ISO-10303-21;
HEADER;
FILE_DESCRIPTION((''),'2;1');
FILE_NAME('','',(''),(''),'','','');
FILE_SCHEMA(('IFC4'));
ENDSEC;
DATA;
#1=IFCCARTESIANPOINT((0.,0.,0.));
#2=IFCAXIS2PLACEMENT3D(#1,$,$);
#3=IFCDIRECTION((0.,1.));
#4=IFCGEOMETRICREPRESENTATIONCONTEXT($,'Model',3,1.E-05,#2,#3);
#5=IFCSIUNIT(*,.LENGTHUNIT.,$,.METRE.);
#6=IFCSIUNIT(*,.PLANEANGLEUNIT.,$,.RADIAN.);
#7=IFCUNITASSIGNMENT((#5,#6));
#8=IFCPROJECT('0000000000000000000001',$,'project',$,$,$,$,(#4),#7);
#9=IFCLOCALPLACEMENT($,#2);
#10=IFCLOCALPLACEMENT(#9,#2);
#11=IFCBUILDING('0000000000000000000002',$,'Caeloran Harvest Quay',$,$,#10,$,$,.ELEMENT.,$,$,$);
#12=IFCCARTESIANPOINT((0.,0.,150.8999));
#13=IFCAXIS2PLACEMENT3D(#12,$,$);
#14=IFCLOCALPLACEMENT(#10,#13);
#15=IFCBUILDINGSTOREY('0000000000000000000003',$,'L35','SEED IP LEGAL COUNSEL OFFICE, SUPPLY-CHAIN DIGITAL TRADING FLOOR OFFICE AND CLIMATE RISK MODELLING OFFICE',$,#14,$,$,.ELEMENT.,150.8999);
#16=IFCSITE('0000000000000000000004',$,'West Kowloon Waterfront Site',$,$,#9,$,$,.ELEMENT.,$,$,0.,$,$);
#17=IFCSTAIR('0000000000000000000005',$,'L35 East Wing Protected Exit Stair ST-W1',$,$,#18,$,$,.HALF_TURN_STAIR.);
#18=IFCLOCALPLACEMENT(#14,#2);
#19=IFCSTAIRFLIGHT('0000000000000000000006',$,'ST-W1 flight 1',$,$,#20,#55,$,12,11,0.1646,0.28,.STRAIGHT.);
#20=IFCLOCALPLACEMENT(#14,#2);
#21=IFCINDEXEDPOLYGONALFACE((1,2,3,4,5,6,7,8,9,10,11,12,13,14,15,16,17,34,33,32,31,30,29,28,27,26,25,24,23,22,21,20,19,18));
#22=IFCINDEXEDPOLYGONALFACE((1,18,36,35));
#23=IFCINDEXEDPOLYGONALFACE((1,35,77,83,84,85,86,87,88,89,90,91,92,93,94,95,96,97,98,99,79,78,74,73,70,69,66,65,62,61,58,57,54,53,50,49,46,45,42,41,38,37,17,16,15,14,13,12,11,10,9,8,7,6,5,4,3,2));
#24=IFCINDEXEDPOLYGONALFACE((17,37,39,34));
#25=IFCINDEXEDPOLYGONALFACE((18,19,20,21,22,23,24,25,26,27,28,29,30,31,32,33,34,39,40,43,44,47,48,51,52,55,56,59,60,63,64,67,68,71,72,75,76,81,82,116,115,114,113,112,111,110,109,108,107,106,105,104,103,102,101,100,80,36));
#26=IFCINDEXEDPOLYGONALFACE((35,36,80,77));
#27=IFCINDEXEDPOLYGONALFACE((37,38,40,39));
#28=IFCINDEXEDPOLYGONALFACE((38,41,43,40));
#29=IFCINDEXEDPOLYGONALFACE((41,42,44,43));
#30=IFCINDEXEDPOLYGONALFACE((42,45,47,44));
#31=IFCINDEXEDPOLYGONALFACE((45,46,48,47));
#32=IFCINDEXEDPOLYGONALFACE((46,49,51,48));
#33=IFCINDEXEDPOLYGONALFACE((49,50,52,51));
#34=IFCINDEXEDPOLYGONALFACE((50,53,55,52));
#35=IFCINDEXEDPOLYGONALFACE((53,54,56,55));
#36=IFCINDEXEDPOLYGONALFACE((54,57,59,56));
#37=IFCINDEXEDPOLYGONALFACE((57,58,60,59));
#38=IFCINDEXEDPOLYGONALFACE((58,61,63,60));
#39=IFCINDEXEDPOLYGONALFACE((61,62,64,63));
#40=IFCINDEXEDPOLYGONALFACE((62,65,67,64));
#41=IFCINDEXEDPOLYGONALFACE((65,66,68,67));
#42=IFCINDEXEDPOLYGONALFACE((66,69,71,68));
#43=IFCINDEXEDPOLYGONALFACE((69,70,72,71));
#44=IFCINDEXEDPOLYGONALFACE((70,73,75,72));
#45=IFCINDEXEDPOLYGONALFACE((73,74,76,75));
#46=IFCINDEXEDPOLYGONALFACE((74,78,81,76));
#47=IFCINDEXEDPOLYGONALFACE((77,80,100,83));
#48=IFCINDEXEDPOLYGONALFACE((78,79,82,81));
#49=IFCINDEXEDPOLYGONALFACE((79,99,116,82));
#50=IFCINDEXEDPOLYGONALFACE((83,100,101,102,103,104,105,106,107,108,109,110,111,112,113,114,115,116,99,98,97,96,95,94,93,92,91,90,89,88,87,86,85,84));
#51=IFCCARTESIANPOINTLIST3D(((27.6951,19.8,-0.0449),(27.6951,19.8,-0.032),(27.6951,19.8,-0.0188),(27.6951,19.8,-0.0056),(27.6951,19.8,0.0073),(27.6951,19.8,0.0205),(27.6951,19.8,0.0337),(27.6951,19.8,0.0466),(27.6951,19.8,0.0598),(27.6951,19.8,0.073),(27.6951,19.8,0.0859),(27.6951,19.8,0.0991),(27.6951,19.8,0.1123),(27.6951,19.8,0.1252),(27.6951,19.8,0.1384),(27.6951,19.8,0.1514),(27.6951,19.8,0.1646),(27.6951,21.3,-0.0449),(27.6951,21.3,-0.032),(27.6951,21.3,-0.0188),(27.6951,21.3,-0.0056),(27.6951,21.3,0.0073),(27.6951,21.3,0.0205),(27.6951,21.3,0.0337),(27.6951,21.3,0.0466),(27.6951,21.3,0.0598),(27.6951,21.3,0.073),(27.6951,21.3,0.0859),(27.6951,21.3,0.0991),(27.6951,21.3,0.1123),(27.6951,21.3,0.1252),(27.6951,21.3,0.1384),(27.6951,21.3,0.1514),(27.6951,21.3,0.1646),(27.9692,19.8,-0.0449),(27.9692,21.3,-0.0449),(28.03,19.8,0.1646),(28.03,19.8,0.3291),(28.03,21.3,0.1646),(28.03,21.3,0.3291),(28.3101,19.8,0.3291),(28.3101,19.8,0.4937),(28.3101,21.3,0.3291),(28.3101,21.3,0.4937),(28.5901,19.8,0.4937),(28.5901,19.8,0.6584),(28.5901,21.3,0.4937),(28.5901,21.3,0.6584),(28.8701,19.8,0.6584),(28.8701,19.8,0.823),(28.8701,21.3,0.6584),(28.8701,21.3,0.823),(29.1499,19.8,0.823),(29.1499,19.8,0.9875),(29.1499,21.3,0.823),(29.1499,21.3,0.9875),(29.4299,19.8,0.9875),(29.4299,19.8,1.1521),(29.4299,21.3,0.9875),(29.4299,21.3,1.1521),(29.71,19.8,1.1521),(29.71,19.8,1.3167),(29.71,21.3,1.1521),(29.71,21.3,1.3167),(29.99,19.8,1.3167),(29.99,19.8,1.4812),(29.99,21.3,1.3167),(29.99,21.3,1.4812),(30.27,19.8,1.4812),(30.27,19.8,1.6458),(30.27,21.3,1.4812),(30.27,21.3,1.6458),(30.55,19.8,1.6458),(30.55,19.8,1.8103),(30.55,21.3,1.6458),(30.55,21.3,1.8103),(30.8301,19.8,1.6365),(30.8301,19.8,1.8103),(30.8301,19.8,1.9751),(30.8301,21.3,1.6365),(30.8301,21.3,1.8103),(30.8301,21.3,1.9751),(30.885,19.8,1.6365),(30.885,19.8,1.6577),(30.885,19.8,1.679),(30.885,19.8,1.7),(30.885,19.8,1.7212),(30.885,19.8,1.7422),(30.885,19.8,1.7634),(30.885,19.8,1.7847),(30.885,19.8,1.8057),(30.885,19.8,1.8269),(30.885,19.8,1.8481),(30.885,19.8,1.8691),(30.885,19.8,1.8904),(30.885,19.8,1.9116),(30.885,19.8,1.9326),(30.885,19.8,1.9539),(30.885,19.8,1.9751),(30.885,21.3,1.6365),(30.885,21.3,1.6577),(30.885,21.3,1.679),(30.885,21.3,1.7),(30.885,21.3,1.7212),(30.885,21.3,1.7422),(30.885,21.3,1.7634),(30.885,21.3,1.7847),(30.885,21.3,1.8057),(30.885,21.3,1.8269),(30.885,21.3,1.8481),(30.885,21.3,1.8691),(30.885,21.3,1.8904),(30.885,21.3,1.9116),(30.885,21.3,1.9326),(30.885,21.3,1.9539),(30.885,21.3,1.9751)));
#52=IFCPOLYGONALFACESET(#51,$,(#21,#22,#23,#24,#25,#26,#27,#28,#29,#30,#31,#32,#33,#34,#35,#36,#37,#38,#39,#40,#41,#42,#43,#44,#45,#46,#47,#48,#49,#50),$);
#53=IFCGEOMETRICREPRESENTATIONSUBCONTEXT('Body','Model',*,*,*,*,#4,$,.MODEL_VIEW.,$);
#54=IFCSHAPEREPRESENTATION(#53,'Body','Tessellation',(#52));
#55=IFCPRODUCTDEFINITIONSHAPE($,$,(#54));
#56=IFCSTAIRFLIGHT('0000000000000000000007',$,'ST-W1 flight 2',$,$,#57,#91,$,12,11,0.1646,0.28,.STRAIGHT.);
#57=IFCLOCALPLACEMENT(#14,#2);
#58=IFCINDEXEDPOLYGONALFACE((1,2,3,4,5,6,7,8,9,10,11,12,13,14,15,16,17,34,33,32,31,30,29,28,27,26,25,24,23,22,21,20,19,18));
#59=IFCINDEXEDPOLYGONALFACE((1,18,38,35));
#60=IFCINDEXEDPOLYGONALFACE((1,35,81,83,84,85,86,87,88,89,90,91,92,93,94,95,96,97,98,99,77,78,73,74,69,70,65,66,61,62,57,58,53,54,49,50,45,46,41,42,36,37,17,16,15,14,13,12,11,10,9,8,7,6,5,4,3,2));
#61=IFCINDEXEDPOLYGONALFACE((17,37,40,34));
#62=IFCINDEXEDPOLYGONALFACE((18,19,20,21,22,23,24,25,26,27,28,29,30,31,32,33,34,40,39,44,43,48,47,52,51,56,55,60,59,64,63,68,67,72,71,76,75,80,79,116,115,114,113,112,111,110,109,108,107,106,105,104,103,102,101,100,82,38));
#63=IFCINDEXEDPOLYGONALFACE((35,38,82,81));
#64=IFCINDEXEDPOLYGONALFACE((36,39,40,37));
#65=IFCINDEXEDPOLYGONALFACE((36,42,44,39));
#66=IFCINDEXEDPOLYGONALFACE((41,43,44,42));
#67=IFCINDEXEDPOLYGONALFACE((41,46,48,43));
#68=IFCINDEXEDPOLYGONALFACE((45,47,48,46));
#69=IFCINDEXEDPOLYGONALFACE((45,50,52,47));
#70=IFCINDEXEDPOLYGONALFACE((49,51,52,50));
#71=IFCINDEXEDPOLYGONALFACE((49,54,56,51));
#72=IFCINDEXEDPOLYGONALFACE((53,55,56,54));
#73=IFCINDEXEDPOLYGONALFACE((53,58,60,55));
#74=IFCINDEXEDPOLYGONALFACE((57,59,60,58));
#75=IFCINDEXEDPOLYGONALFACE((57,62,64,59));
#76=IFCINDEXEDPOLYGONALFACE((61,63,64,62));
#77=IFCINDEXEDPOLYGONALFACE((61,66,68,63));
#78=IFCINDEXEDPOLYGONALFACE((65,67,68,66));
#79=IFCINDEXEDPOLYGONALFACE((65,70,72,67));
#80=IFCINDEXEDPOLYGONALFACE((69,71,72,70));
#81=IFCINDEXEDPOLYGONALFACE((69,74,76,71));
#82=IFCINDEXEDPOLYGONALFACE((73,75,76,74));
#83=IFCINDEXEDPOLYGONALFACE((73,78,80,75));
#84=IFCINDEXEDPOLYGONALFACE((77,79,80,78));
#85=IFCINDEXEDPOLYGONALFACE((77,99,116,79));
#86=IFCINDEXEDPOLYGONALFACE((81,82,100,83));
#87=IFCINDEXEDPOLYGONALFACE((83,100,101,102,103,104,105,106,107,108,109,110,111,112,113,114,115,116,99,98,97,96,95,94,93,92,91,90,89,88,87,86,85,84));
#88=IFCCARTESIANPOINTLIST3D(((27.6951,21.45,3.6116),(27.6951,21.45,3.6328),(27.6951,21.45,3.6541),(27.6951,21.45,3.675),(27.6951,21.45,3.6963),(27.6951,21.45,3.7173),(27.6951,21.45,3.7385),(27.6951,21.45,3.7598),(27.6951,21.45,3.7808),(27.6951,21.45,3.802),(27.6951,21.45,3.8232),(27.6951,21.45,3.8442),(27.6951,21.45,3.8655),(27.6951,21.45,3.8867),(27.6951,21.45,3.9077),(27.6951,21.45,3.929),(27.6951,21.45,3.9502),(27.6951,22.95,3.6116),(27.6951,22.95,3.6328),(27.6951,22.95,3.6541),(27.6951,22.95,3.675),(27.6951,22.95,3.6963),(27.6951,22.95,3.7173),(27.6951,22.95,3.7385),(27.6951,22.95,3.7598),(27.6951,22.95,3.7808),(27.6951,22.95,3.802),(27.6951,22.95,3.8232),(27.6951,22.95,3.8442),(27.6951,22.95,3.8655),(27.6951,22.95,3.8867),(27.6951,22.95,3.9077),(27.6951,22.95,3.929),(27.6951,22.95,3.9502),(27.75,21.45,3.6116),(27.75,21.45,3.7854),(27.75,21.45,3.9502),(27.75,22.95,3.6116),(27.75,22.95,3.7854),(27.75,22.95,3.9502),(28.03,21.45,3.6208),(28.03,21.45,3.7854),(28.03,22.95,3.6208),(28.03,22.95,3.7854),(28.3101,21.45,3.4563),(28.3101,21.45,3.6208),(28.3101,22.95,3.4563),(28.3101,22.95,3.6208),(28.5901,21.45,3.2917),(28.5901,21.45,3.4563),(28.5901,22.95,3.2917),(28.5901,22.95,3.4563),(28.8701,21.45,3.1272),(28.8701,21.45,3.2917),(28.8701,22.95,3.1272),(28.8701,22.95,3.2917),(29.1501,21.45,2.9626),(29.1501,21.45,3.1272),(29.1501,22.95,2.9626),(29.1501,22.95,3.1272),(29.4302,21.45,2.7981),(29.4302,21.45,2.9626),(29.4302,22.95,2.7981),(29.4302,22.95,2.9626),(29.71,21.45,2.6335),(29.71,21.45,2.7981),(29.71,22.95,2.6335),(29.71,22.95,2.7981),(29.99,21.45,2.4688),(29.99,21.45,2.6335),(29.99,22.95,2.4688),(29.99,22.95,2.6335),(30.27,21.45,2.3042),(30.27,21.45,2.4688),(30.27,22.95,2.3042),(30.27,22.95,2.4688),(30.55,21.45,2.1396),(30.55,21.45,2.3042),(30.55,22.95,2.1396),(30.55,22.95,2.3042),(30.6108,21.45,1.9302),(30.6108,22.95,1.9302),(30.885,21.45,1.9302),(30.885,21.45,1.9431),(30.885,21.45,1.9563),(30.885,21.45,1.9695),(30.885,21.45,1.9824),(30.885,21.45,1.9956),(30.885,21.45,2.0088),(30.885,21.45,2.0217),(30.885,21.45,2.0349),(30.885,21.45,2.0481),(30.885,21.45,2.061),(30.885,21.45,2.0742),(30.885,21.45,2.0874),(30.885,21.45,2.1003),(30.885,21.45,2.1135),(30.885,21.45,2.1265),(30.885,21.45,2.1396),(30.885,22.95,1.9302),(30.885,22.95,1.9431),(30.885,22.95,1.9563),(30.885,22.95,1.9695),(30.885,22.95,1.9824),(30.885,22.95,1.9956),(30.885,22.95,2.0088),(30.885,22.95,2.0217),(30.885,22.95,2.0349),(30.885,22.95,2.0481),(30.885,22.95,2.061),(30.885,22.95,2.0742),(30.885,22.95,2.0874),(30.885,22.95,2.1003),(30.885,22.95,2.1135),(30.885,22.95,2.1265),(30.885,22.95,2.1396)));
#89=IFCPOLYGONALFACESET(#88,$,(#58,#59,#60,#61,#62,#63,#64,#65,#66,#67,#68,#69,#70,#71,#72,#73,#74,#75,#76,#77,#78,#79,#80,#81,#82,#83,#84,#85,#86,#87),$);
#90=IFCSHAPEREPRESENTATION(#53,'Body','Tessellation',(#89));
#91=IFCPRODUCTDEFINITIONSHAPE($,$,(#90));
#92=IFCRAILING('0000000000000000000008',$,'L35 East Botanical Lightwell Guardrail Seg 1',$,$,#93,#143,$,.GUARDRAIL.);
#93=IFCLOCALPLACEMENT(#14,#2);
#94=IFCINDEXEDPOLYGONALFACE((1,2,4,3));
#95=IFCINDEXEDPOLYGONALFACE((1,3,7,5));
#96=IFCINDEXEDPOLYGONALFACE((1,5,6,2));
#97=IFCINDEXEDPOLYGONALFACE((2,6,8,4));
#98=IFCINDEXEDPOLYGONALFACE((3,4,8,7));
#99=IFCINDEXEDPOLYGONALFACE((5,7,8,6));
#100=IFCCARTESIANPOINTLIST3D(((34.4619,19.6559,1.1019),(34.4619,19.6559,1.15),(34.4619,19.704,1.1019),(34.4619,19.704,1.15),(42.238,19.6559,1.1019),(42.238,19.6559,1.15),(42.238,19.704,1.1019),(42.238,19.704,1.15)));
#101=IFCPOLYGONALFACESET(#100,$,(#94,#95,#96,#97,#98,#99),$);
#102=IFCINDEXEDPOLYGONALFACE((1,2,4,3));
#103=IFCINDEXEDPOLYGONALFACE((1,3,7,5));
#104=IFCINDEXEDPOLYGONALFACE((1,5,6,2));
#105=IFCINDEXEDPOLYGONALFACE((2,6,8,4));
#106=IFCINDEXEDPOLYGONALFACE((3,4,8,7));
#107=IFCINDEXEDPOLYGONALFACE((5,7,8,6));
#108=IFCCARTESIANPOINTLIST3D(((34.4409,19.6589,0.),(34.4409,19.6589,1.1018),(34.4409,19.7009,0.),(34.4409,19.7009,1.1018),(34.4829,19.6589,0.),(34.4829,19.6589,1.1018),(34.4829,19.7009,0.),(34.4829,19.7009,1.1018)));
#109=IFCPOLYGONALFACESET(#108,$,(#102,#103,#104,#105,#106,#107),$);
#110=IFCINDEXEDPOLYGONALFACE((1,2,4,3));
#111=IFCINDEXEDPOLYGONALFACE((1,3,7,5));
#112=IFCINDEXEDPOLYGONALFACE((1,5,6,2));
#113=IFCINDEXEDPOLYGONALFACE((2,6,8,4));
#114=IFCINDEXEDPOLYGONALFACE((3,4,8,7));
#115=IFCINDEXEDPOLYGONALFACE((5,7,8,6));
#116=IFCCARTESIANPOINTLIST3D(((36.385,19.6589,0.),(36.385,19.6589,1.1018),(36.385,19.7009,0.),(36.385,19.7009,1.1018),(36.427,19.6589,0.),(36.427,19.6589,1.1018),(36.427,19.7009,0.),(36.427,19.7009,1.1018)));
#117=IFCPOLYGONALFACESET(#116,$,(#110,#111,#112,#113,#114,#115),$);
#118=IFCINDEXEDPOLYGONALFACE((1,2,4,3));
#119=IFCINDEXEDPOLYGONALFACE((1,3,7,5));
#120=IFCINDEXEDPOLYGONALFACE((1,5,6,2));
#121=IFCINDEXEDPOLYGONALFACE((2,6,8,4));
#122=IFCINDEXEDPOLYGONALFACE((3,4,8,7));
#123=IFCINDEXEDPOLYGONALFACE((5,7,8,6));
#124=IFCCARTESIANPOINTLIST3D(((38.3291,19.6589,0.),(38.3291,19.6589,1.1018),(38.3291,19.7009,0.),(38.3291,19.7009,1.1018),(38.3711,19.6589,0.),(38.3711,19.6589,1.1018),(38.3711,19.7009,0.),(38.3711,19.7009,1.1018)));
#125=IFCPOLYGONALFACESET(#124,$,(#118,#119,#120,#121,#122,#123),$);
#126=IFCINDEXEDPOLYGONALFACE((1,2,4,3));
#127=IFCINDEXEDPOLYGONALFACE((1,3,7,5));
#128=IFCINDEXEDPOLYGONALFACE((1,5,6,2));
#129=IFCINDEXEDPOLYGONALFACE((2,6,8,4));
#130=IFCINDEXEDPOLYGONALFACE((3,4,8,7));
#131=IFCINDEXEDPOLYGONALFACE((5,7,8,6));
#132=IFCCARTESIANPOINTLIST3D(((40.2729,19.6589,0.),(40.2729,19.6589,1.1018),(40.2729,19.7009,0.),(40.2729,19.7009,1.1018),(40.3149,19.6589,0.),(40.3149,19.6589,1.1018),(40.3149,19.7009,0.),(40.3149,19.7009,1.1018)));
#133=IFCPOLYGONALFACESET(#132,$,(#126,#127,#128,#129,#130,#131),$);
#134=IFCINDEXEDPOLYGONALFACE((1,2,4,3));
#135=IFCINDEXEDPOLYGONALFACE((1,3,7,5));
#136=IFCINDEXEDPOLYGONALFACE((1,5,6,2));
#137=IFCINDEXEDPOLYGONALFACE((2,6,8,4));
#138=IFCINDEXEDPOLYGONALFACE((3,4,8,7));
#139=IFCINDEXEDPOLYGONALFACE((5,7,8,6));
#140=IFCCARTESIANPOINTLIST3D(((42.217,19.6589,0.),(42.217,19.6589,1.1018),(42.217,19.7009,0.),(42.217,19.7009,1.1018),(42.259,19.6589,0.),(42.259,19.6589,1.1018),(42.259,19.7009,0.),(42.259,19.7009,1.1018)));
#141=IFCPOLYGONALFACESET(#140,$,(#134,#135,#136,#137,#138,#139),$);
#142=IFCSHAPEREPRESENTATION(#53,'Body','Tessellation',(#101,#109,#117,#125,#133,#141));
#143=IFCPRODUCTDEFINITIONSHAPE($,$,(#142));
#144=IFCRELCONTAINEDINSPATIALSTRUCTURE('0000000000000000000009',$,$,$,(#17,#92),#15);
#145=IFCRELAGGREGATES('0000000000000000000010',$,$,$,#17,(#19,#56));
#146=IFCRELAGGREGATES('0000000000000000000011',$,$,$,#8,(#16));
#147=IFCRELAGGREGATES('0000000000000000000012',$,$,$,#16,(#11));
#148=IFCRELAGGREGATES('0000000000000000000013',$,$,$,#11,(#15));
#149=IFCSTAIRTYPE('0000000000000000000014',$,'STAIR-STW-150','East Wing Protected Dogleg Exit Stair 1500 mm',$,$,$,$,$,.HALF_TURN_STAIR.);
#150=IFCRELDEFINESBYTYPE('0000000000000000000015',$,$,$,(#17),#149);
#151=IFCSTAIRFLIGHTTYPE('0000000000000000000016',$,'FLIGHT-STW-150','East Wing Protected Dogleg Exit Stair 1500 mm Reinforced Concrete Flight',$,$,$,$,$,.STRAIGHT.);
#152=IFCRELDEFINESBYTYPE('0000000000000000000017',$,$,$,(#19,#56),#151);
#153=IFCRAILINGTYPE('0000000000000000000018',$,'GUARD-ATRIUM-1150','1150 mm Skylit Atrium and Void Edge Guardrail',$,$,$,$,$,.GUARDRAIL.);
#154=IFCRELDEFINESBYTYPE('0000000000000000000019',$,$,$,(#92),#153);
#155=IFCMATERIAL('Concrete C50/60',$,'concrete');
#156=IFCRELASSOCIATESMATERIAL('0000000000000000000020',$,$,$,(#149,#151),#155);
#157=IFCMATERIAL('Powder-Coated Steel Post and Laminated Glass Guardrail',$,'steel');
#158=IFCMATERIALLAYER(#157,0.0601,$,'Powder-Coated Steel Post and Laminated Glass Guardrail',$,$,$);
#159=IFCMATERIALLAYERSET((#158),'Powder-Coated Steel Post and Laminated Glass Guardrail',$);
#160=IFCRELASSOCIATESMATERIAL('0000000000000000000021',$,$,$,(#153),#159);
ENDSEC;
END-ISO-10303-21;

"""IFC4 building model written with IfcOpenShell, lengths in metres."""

from ifc_helpers import new_model, si_unit, direction, frame, origin, origin_2d, place, context, subcontext, project, spatial, polyline, rectangle, outline, extrude, material, layer, layer_set, type_object, element, aggregate, save


model = new_model("IFC4")

# Units and contexts
model_context = context("Model", 3, precision=1e-05, world=origin(), true_north=direction((0.0, 1.0)))
body_context = subcontext(model_context, "Body", "Model", "MODEL_VIEW")
ifc_project = project(units=[si_unit("LENGTHUNIT", "METRE"), si_unit("PLANEANGLEUNIT", "RADIAN")], contexts=[model_context])

# Site, building, storey
site_placement = place(None, origin())
site = spatial("IfcSite", under=ifc_project, at=site_placement, Name="West Kowloon Waterfront Site", CompositionType="ELEMENT", RefElevation=0.0)
building_placement = place(site_placement, origin())
building = spatial("IfcBuilding", under=site, at=building_placement, Name="Caeloran Harvest Quay", CompositionType="ELEMENT")
storey_placement = place(building_placement, frame((0.0, 0.0, 150.8999)))
storey = spatial("IfcBuildingStorey", under=building, at=storey_placement, Name="L35", Description="SEED IP LEGAL COUNSEL OFFICE, SUPPLY-CHAIN DIGITAL TRADING FLOOR OFFICE AND CLIMATE RISK MODELLING OFFICE", CompositionType="ELEMENT", Elevation=150.8999)

# Stair, stair flights
ifc_material_1 = material(Name="Concrete C50/60", Category="concrete")
stair_type = type_object("IfcStairType", Name="STAIR-STW-150", Description="East Wing Protected Dogleg Exit Stair 1500 mm", PredefinedType="HALF_TURN_STAIR", material=ifc_material_1)
stair_placement = place(storey_placement, origin())
stair = element("IfcStair", 1, at=stair_placement, inside=storey, type_object=stair_type, Name="L35 East Wing Protected Exit Stair ST-W1", PredefinedType="HALF_TURN_STAIR")
stair_flight_type = type_object("IfcStairFlightType", Name="FLIGHT-STW-150", Description="East Wing Protected Dogleg Exit Stair 1500 mm Reinforced Concrete Flight", PredefinedType="STRAIGHT", material=ifc_material_1)
stair_flight_1_placement = place(storey_placement, frame((27.75, 20.55, 0.0), z_axis=(0.0, 0.0, 1.0), x_axis=(1.0, 0.0, 0.0)))
stair_flight_1 = element("IfcStairFlight", 2, at=stair_flight_1_placement, type_object=stair_flight_type, Name="ST-W1 flight 1", NumberOfRisers=12, NumberOfTreads=11, PredefinedType="STRAIGHT", RiserHeight=0.1646, TreadLength=0.28, context=body_context, shape_type="SweptSolid", body=[
    extrude(outline(polyline([(-0.0549, -0.0449), (-0.0549, -0.032), (-0.0549, -0.0188), (-0.0549, -0.0056), (-0.0549, 0.0073), (-0.0549, 0.0205), (-0.0549, 0.0337), (-0.0549, 0.0466), (-0.0549, 0.0598), (-0.0549, 0.073), (-0.0549, 0.0859), (-0.0549, 0.0991), (-0.0549, 0.1123), (-0.0549, 0.1252), (-0.0549, 0.1384), (-0.0549, 0.1514), (-0.0549, 0.1646), (0.28, 0.1646), (0.28, 0.3291), (0.5601, 0.3291), (0.5601, 0.4937), (0.8401, 0.4937), (0.8401, 0.6584), (1.1201, 0.6584), (1.1201, 0.823), (1.3999, 0.823), (1.3999, 0.9875), (1.6799, 0.9875), (1.6799, 1.1521), (1.96, 1.1521), (1.96, 1.3167), (2.24, 1.3167), (2.24, 1.4812), (2.52, 1.4812), (2.52, 1.6458), (2.8, 1.6458), (2.8, 1.8103), (3.0801, 1.8103), (3.0801, 1.9751), (3.135, 1.9751), (3.135, 1.9539), (3.135, 1.9326), (3.135, 1.9116), (3.135, 1.8904), (3.135, 1.8691), (3.135, 1.8481), (3.135, 1.8269), (3.135, 1.8057), (3.135, 1.7847), (3.135, 1.7634), (3.135, 1.7422), (3.135, 1.7212), (3.135, 1.7), (3.135, 1.679), (3.135, 1.6577), (3.135, 1.6365), (3.0801, 1.6365), (0.2192, -0.0449), (-0.0549, -0.0449)])), frame((0.0, 0.75, 0.0), z_axis=(0.0, -1.0, 0.0), x_axis=(1.0, 0.0, 0.0)), (0.0, 0.0, 1.0), 1.5),
])
stair_flight_2_placement = place(storey_placement, frame((30.8301, 22.2, 1.9751), z_axis=(0.0, 0.0, 1.0), x_axis=(-1.0, 0.0, 0.0)))
stair_flight_2 = element("IfcStairFlight", 3, at=stair_flight_2_placement, type_object=stair_flight_type, Name="ST-W1 flight 2", NumberOfRisers=12, NumberOfTreads=11, PredefinedType="STRAIGHT", RiserHeight=0.1646, TreadLength=0.28, context=body_context, shape_type="SweptSolid", body=[
    extrude(outline(polyline([(-0.0549, -0.0449), (-0.0549, -0.032), (-0.0549, -0.0188), (-0.0549, -0.0056), (-0.0549, 0.0073), (-0.0549, 0.0205), (-0.0549, 0.0337), (-0.0549, 0.0466), (-0.0549, 0.0598), (-0.0549, 0.073), (-0.0549, 0.0859), (-0.0549, 0.0991), (-0.0549, 0.1123), (-0.0549, 0.1252), (-0.0549, 0.1384), (-0.0549, 0.1514), (-0.0549, 0.1646), (0.28, 0.1646), (0.28, 0.3291), (0.5601, 0.3291), (0.5601, 0.4937), (0.8401, 0.4937), (0.8401, 0.6584), (1.1201, 0.6584), (1.1201, 0.823), (1.3999, 0.823), (1.3999, 0.9875), (1.6799, 0.9875), (1.6799, 1.1521), (1.96, 1.1521), (1.96, 1.3167), (2.24, 1.3167), (2.24, 1.4812), (2.52, 1.4812), (2.52, 1.6458), (2.8, 1.6458), (2.8, 1.8103), (3.0801, 1.8103), (3.0801, 1.9751), (3.135, 1.9751), (3.135, 1.9539), (3.135, 1.9326), (3.135, 1.9116), (3.135, 1.8904), (3.135, 1.8691), (3.135, 1.8481), (3.135, 1.8269), (3.135, 1.8057), (3.135, 1.7847), (3.135, 1.7634), (3.135, 1.7422), (3.135, 1.7212), (3.135, 1.7), (3.135, 1.679), (3.135, 1.6577), (3.135, 1.6365), (3.0801, 1.6365), (0.2192, -0.0449), (-0.0549, -0.0449)])), frame((0.0, 0.75, 0.0), z_axis=(0.0, -1.0, 0.0), x_axis=(1.0, 0.0, 0.0)), (0.0, 0.0, 1.0), 1.5),
])
aggregate(stair, [stair_flight_1, stair_flight_2])

# Railing
ifc_material_2 = material(Name="Powder-Coated Steel Post and Laminated Glass Guardrail", Category="steel")
ifc_layer_1 = layer(ifc_material_2, 0.0601, Name="Powder-Coated Steel Post and Laminated Glass Guardrail")
ifc_layer_set_1 = layer_set([ifc_layer_1], Name="Powder-Coated Steel Post and Laminated Glass Guardrail")
railing_type_1 = type_object("IfcRailingType", Name="GUARD-ATRIUM-1150", Description="1150 mm Skylit Atrium and Void Edge Guardrail", PredefinedType="GUARDRAIL", material=ifc_layer_set_1)
railing_1_placement = place(storey_placement, frame((34.4619, 19.6799, 0.0)))
element("IfcRailing", 4, at=railing_1_placement, inside=storey, type_object=railing_type_1, Name="L35 East Botanical Lightwell Guardrail Seg 1", PredefinedType="GUARDRAIL", context=body_context, shape_type="SweptSolid", body=[
    extrude(rectangle(XDim=0.0481, YDim=0.0481, at=origin_2d()), frame((0.0, 0.0, 1.126), z_axis=(1.0, 0.0, 0.0), x_axis=(0.0, 1.0, 0.0)), (0.0, 0.0, 1.0), 7.7761),
    extrude(rectangle(XDim=0.042, YDim=0.042, at=origin_2d()), origin(), (0.0, 0.0, 1.0), 1.1018),
    extrude(rectangle(XDim=0.042, YDim=0.042, at=origin_2d()), frame((1.9441, 0.0, 0.0)), (0.0, 0.0, 1.0), 1.1018),
    extrude(rectangle(XDim=0.042, YDim=0.042, at=origin_2d()), frame((3.8882, 0.0, 0.0)), (0.0, 0.0, 1.0), 1.1018),
    extrude(rectangle(XDim=0.042, YDim=0.042, at=origin_2d()), frame((5.832, 0.0, 0.0)), (0.0, 0.0, 1.0), 1.1018),
    extrude(rectangle(XDim=0.042, YDim=0.042, at=origin_2d()), frame((7.7761, 0.0, 0.0)), (0.0, 0.0, 1.0), 1.1018),
])

save(model, "model.ifc")
